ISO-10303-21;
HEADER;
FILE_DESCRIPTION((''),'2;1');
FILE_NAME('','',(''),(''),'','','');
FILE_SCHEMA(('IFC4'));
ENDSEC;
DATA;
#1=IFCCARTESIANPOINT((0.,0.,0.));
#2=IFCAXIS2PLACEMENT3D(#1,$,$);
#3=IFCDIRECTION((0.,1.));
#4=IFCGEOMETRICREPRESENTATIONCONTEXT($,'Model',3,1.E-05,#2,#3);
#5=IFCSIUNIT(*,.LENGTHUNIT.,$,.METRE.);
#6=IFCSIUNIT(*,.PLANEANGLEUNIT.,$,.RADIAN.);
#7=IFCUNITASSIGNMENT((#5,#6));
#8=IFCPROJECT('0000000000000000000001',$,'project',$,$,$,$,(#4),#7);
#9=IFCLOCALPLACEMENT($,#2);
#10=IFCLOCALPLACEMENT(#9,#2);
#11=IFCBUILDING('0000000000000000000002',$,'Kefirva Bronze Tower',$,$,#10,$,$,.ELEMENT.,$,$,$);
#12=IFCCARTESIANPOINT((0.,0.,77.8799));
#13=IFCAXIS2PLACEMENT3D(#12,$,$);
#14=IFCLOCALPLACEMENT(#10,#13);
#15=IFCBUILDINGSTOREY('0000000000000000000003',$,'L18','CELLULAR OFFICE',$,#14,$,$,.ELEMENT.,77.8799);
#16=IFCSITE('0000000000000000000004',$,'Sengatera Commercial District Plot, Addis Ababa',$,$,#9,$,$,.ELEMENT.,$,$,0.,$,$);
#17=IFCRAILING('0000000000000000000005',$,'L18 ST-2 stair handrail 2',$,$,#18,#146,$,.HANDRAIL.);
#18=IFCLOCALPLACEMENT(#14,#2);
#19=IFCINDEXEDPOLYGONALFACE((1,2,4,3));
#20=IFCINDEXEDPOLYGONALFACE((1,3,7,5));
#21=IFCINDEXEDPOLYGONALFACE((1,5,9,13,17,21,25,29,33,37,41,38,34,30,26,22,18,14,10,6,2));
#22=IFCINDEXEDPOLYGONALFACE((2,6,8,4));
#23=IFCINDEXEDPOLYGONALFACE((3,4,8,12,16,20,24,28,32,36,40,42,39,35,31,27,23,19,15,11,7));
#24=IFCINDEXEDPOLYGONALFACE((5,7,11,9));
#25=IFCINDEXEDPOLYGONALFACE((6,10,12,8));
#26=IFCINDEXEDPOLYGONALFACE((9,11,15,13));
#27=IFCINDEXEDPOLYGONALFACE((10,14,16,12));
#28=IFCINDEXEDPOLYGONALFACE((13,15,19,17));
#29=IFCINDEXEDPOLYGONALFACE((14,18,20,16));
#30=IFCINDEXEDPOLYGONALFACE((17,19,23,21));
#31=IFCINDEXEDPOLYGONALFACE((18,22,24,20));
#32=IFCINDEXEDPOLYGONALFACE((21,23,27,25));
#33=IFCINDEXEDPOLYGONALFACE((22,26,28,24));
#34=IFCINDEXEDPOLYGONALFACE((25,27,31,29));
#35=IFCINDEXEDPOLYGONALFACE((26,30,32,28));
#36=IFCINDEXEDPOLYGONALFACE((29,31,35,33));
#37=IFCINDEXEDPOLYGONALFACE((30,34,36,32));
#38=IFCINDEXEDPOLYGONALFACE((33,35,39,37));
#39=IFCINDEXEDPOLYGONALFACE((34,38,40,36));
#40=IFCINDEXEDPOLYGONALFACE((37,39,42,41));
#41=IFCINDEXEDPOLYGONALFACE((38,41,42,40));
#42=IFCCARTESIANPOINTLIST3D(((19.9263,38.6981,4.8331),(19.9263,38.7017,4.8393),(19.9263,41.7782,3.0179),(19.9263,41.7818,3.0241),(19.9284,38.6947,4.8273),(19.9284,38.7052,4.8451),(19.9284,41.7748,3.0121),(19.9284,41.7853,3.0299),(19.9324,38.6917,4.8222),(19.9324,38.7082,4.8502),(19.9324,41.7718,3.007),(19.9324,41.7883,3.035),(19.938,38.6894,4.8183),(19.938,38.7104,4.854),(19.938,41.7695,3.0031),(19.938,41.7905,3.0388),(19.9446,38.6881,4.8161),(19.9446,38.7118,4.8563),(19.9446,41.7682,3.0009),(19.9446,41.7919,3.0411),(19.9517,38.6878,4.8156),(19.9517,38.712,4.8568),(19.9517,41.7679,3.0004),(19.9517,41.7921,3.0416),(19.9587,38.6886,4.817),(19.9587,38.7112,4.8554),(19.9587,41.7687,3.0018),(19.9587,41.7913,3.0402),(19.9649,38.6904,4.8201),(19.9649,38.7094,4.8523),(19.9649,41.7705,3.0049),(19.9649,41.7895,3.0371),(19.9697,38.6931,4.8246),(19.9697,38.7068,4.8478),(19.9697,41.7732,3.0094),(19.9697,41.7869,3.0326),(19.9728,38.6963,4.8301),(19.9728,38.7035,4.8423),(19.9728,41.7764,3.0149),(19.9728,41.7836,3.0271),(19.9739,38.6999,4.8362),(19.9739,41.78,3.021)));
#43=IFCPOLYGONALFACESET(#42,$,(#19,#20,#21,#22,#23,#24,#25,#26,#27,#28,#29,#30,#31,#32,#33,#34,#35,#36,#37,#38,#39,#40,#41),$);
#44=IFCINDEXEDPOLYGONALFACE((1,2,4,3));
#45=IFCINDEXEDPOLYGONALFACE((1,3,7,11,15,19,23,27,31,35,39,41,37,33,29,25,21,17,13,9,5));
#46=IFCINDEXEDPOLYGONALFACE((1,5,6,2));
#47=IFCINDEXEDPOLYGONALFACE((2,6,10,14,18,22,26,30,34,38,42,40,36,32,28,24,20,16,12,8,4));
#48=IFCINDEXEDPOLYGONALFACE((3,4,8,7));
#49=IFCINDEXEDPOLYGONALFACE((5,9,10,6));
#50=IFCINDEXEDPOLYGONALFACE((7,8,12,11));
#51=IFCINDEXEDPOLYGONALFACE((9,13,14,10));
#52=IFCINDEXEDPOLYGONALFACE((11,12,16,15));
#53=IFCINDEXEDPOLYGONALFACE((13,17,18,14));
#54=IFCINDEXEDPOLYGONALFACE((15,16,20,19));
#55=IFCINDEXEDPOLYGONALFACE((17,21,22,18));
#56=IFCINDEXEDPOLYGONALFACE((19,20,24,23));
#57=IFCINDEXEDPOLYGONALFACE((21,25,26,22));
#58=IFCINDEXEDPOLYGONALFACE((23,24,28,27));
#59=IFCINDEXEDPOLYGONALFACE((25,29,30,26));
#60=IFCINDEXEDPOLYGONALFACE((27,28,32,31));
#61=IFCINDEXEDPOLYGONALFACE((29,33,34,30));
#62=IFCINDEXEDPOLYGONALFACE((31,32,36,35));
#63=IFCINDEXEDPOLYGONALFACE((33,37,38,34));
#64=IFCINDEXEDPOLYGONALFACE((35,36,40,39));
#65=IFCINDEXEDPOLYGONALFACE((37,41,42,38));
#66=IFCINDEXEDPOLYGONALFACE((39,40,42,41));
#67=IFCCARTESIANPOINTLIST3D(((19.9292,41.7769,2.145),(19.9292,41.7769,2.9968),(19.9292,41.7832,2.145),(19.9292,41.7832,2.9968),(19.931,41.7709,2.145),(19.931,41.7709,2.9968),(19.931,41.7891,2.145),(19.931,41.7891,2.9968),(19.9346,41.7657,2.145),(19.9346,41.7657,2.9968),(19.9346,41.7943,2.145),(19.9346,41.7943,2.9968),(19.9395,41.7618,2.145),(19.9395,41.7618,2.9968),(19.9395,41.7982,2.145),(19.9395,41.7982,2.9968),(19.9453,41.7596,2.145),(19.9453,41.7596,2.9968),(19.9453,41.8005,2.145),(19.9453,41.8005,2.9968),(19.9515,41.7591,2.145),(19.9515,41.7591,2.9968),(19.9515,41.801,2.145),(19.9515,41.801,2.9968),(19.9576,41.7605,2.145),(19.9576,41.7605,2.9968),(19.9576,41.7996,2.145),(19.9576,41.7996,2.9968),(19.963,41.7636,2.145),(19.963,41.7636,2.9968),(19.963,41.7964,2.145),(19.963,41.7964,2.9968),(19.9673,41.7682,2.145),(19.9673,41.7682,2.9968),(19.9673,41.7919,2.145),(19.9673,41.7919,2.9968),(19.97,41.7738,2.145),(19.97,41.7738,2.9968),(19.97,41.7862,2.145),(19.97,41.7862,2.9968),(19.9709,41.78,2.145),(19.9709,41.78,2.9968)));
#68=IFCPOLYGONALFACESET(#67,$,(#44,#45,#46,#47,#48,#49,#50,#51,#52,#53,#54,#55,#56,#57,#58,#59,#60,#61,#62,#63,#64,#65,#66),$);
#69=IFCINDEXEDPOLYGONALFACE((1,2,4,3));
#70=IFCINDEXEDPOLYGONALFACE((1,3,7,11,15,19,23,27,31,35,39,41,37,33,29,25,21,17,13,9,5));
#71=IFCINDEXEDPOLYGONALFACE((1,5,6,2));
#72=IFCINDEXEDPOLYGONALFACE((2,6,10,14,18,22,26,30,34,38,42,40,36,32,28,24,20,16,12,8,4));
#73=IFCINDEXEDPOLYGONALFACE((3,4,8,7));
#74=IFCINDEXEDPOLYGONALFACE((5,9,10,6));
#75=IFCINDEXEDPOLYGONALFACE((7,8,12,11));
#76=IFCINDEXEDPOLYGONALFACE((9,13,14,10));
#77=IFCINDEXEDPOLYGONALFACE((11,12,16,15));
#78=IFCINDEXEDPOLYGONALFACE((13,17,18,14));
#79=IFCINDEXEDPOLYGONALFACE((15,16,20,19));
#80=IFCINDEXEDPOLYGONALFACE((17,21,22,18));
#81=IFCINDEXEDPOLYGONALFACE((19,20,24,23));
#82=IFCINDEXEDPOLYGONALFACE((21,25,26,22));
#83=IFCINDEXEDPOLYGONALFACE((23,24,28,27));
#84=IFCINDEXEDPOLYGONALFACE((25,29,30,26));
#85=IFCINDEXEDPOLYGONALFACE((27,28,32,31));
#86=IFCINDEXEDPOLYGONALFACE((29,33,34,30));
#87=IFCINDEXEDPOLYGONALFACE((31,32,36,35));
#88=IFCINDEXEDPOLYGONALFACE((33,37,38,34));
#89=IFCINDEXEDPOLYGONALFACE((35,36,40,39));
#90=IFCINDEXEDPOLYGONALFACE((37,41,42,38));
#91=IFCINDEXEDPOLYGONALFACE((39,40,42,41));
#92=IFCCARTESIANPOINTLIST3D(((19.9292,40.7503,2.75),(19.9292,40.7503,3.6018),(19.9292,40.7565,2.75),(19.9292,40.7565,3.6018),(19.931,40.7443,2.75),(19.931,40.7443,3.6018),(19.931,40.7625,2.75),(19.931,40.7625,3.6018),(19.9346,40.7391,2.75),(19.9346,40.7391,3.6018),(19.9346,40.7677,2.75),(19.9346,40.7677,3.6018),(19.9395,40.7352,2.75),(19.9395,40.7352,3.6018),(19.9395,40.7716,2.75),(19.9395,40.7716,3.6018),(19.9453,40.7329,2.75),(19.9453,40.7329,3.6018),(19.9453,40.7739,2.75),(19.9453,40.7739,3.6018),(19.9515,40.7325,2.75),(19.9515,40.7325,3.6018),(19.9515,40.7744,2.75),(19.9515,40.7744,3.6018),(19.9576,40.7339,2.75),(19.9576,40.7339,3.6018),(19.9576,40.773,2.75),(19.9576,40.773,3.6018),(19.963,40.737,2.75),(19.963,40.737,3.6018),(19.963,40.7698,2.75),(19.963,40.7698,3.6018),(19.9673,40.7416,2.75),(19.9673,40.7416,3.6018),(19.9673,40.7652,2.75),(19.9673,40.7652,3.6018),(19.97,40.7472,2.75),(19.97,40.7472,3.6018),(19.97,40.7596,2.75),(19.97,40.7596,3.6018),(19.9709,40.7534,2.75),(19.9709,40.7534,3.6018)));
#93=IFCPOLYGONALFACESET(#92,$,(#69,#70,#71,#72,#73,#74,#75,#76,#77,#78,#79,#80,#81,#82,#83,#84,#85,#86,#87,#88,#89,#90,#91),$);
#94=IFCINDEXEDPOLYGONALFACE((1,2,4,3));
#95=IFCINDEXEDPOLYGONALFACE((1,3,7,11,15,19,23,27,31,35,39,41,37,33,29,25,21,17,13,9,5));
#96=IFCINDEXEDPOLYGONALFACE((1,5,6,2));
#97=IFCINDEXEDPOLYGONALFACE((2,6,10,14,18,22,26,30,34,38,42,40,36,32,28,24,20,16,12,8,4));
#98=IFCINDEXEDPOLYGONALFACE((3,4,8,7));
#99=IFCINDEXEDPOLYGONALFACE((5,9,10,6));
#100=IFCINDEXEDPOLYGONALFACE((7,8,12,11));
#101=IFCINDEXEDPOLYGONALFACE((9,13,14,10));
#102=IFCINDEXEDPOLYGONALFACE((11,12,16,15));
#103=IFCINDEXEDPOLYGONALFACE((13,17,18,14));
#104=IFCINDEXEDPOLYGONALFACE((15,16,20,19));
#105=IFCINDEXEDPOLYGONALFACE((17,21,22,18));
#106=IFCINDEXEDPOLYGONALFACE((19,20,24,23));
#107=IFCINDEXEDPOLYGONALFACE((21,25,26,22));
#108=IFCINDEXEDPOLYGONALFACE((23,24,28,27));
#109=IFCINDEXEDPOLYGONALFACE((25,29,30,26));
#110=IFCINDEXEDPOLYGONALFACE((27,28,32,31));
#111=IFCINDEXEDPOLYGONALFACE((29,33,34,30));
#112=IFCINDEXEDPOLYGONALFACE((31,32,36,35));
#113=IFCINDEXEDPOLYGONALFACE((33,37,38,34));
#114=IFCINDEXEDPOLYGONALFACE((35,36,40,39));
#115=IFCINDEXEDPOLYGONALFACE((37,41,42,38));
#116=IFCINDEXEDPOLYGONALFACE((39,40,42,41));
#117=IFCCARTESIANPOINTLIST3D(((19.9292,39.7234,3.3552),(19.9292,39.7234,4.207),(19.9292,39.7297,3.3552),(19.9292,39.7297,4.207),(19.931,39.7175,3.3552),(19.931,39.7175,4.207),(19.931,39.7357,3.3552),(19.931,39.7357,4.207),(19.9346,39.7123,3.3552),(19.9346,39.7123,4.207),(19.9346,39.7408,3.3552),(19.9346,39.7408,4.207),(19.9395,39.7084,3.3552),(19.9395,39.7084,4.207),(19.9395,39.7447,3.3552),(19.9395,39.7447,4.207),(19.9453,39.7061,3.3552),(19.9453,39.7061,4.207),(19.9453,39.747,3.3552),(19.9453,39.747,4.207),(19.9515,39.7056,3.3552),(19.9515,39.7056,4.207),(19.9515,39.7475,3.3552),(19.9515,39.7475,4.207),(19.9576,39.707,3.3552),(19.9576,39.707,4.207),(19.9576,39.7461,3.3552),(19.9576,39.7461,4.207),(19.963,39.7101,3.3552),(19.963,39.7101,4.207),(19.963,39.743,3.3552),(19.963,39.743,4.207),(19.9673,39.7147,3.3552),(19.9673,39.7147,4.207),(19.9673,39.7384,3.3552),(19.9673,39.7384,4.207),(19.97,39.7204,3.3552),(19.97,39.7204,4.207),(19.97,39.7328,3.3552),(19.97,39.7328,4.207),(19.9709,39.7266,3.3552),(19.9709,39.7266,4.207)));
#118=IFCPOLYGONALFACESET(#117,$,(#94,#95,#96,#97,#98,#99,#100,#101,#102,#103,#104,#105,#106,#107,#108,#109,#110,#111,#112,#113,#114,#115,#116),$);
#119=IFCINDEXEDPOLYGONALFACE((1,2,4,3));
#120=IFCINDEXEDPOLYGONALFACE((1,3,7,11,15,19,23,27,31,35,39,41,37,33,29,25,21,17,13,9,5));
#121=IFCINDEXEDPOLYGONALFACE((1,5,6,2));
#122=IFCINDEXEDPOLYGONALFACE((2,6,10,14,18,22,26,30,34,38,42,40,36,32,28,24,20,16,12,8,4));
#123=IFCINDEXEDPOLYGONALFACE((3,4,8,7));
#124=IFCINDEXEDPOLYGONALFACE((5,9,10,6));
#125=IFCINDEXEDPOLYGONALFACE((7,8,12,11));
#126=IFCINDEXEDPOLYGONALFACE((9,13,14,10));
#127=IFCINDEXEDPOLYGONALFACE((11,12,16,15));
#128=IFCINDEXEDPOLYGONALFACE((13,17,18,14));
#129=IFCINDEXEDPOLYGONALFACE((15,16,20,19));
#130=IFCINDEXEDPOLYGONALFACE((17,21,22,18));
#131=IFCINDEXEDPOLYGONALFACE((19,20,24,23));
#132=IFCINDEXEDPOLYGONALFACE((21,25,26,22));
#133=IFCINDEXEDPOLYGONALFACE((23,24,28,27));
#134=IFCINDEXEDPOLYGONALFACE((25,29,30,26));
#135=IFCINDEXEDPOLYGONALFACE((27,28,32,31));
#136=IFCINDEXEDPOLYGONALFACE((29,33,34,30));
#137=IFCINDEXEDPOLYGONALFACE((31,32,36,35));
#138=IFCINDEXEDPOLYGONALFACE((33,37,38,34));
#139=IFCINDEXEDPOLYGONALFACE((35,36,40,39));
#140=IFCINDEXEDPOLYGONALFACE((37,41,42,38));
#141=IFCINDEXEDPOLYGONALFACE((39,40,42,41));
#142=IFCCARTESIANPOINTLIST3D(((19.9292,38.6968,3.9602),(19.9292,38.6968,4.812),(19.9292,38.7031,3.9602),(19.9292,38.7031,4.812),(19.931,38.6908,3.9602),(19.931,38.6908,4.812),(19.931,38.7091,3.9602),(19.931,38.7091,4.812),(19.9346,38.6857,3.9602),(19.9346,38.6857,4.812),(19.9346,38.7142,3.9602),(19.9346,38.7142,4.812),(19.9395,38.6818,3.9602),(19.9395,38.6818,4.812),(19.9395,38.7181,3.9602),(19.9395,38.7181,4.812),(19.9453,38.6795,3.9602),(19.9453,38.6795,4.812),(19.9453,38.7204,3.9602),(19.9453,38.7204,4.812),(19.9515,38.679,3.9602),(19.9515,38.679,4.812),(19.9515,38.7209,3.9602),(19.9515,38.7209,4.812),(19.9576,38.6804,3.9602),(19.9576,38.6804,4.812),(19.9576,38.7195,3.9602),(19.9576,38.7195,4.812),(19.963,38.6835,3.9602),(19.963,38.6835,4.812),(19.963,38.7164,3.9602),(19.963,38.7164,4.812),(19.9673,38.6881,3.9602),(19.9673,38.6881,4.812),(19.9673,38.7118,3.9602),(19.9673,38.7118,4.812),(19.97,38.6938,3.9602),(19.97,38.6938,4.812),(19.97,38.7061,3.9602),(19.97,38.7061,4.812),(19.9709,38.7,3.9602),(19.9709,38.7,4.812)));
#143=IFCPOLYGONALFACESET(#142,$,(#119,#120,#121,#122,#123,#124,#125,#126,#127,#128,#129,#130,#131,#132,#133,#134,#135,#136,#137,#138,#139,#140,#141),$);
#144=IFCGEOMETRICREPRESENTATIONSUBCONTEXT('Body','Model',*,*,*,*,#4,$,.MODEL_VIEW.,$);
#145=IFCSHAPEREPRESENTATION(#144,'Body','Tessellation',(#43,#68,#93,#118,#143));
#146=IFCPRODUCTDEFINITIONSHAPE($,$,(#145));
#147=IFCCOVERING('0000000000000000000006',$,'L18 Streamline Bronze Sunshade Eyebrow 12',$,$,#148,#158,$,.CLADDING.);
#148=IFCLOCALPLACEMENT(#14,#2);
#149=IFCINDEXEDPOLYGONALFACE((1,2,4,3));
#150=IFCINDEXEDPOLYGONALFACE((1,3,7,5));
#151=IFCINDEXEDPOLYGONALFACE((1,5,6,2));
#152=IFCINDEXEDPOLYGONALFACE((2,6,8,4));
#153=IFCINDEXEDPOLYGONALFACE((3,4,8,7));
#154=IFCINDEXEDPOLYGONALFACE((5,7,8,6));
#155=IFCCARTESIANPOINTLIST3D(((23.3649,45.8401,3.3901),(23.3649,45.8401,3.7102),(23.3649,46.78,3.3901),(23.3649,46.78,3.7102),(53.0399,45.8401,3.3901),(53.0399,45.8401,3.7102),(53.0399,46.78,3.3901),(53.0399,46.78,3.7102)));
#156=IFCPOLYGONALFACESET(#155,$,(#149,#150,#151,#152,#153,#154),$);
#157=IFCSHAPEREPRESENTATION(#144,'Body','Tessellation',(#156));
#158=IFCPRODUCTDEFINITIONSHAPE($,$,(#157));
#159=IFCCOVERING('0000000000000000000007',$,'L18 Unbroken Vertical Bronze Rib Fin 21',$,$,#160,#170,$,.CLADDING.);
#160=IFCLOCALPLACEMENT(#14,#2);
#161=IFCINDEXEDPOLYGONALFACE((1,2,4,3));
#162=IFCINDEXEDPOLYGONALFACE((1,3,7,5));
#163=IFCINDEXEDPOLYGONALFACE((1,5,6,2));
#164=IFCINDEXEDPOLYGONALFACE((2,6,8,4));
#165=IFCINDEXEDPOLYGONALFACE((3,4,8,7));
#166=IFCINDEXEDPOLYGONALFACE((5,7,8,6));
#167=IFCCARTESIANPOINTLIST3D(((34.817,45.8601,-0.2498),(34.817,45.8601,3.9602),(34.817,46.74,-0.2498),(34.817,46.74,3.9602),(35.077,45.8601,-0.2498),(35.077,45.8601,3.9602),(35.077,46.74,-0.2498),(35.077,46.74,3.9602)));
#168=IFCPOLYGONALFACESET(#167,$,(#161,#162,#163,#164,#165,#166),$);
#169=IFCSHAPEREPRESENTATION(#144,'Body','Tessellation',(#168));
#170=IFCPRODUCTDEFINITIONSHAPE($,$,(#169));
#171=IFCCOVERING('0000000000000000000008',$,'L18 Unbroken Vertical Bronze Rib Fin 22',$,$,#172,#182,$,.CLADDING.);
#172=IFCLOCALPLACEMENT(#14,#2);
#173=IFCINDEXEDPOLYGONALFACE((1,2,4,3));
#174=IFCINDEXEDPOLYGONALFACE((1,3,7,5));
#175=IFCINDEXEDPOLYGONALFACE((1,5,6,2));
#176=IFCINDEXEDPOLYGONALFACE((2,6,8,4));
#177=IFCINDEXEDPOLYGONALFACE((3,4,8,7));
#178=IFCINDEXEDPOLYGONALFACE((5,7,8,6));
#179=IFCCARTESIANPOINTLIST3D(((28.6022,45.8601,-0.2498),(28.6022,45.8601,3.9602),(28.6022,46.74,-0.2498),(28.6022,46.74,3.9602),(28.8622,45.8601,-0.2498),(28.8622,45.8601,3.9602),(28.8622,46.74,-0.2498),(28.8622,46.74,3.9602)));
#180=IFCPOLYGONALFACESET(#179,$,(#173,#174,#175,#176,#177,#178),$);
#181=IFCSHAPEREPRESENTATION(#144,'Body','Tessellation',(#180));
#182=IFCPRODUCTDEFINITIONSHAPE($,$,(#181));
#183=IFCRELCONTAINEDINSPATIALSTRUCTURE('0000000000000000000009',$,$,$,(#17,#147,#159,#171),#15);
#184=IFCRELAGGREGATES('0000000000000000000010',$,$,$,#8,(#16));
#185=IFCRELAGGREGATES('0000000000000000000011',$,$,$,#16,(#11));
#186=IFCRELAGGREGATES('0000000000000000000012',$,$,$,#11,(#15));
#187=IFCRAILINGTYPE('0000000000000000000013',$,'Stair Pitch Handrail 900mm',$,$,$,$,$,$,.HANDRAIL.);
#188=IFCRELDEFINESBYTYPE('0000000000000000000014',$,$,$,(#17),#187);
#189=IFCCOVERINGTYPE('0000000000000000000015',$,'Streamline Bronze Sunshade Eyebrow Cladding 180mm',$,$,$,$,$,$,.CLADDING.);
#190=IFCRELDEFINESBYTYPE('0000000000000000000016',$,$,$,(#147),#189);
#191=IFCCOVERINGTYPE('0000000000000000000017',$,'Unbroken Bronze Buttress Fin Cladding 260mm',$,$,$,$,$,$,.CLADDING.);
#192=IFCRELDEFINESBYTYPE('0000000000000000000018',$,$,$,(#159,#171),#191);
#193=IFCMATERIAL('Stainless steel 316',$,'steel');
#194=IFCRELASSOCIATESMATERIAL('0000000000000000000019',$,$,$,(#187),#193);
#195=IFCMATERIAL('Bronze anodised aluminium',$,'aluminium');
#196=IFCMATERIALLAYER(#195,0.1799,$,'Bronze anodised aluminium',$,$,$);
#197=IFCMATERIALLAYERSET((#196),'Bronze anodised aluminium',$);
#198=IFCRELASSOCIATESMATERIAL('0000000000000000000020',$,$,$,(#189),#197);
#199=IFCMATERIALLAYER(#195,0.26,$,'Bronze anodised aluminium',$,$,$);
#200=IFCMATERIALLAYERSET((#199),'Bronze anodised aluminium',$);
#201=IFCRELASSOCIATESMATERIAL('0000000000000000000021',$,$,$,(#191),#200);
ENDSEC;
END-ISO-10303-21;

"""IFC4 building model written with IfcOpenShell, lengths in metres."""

from ifc_helpers import new_model, si_unit, direction, frame, origin, origin_2d, place, context, subcontext, project, spatial, rectangle, circle, extrude, material, layer, layer_set, type_object, element, save


model = new_model("IFC4")

# Units and contexts
model_context = context("Model", 3, precision=1e-05, world=origin(), true_north=direction((0.0, 1.0)))
body_context = subcontext(model_context, "Body", "Model", "MODEL_VIEW")
ifc_project = project(units=[si_unit("LENGTHUNIT", "METRE"), si_unit("PLANEANGLEUNIT", "RADIAN")], contexts=[model_context])

# Site, building, storey
site_placement = place(None, origin())
site = spatial("IfcSite", under=ifc_project, at=site_placement, Name="Sengatera Commercial District Plot, Addis Ababa", CompositionType="ELEMENT", RefElevation=0.0)
building_placement = place(site_placement, origin())
building = spatial("IfcBuilding", under=site, at=building_placement, Name="Kefirva Bronze Tower", CompositionType="ELEMENT")
storey_placement = place(building_placement, frame((0.0, 0.0, 77.8799)))
storey = spatial("IfcBuildingStorey", under=building, at=storey_placement, Name="L18", Description="CELLULAR OFFICE", CompositionType="ELEMENT", Elevation=77.8799)

# Shared definitions
ifc_material_1 = material(Name="Bronze anodised aluminium", Category="aluminium")

# Railing
ifc_material_2 = material(Name="Stainless steel 316", Category="steel")
railing_type_1 = type_object("IfcRailingType", Name="Stair Pitch Handrail 900mm", PredefinedType="HANDRAIL", material=ifc_material_2)
railing_1_placement = place(storey_placement, frame((19.95, 41.78, 2.145)))
element("IfcRailing", 1, at=railing_1_placement, inside=storey, type_object=railing_type_1, Name="L18 ST-2 stair handrail 2", PredefinedType="HANDRAIL", context=body_context, shape_type="SweptSolid", body=[
    extrude(circle(Radius=0.0239, at=origin_2d()), frame((0.0, 0.0, 0.876), z_axis=(0.0, -0.861521, 0.507721), x_axis=(1.0, 0.0, 0.0)), (0.0, 0.0, 1.0), 3.5752),
    extrude(circle(Radius=0.021, at=origin_2d()), origin(), (0.0, 0.0, 1.0), 0.8518),
    extrude(circle(Radius=0.021, at=origin_2d()), frame((0.0, -1.0266, 0.605)), (0.0, 0.0, 1.0), 0.8518),
    extrude(circle(Radius=0.021, at=origin_2d()), frame((0.0, -2.0535, 1.2102)), (0.0, 0.0, 1.0), 0.8518),
    extrude(circle(Radius=0.021, at=origin_2d()), frame((0.0, -3.0801, 1.8152)), (0.0, 0.0, 1.0), 0.8518),
])

# Coverings
ifc_layer_1 = layer(ifc_material_1, 0.1799, Name="Bronze anodised aluminium")
ifc_layer_set_1 = layer_set([ifc_layer_1], Name="Bronze anodised aluminium")
covering_type_1 = type_object("IfcCoveringType", Name="Streamline Bronze Sunshade Eyebrow Cladding 180mm", PredefinedType="CLADDING", material=ifc_layer_set_1)
covering_1_placement = place(storey_placement, frame((38.2024, 46.3101, 3.3901), z_axis=(0.0, 0.0, 1.0), x_axis=(-1.0, 0.0, 0.0)))
element("IfcCovering", 2, at=covering_1_placement, inside=storey, type_object=covering_type_1, Name="L18 Streamline Bronze Sunshade Eyebrow 12", PredefinedType="CLADDING", context=body_context, shape_type="SweptSolid", body=[
    extrude(rectangle(XDim=29.675, YDim=0.9399, at=origin_2d()), origin(), (0.0, 0.0, 1.0), 0.3201),
])
ifc_layer_2 = layer(ifc_material_1, 0.26, Name="Bronze anodised aluminium")
ifc_layer_set_2 = layer_set([ifc_layer_2], Name="Bronze anodised aluminium")
covering_type_2 = type_object("IfcCoveringType", Name="Unbroken Bronze Buttress Fin Cladding 260mm", PredefinedType="CLADDING", material=ifc_layer_set_2)
for number, where, z_axis, x_axis, name in (
    (3, (34.947, 46.3, -0.2498), (0.0, 0.0, 1.0), (-1.0, 0.0, 0.0), "L18 Unbroken Vertical Bronze Rib Fin 21"),
    (4, (28.7322, 46.3, -0.2498), (0.0, 0.0, 1.0), (-1.0, 0.0, 0.0), "L18 Unbroken Vertical Bronze Rib Fin 22"),
):
    element("IfcCovering", number, at=place(storey_placement, frame(where, z_axis=z_axis, x_axis=x_axis)), inside=storey, type_object=covering_type_2, Name=name, PredefinedType="CLADDING", context=body_context, shape_type="SweptSolid", body=[
        extrude(rectangle(XDim=0.26, YDim=0.8799, at=origin_2d()), origin(), (0.0, 0.0, 1.0), 4.21),
    ])

save(model, "model.ifc")
